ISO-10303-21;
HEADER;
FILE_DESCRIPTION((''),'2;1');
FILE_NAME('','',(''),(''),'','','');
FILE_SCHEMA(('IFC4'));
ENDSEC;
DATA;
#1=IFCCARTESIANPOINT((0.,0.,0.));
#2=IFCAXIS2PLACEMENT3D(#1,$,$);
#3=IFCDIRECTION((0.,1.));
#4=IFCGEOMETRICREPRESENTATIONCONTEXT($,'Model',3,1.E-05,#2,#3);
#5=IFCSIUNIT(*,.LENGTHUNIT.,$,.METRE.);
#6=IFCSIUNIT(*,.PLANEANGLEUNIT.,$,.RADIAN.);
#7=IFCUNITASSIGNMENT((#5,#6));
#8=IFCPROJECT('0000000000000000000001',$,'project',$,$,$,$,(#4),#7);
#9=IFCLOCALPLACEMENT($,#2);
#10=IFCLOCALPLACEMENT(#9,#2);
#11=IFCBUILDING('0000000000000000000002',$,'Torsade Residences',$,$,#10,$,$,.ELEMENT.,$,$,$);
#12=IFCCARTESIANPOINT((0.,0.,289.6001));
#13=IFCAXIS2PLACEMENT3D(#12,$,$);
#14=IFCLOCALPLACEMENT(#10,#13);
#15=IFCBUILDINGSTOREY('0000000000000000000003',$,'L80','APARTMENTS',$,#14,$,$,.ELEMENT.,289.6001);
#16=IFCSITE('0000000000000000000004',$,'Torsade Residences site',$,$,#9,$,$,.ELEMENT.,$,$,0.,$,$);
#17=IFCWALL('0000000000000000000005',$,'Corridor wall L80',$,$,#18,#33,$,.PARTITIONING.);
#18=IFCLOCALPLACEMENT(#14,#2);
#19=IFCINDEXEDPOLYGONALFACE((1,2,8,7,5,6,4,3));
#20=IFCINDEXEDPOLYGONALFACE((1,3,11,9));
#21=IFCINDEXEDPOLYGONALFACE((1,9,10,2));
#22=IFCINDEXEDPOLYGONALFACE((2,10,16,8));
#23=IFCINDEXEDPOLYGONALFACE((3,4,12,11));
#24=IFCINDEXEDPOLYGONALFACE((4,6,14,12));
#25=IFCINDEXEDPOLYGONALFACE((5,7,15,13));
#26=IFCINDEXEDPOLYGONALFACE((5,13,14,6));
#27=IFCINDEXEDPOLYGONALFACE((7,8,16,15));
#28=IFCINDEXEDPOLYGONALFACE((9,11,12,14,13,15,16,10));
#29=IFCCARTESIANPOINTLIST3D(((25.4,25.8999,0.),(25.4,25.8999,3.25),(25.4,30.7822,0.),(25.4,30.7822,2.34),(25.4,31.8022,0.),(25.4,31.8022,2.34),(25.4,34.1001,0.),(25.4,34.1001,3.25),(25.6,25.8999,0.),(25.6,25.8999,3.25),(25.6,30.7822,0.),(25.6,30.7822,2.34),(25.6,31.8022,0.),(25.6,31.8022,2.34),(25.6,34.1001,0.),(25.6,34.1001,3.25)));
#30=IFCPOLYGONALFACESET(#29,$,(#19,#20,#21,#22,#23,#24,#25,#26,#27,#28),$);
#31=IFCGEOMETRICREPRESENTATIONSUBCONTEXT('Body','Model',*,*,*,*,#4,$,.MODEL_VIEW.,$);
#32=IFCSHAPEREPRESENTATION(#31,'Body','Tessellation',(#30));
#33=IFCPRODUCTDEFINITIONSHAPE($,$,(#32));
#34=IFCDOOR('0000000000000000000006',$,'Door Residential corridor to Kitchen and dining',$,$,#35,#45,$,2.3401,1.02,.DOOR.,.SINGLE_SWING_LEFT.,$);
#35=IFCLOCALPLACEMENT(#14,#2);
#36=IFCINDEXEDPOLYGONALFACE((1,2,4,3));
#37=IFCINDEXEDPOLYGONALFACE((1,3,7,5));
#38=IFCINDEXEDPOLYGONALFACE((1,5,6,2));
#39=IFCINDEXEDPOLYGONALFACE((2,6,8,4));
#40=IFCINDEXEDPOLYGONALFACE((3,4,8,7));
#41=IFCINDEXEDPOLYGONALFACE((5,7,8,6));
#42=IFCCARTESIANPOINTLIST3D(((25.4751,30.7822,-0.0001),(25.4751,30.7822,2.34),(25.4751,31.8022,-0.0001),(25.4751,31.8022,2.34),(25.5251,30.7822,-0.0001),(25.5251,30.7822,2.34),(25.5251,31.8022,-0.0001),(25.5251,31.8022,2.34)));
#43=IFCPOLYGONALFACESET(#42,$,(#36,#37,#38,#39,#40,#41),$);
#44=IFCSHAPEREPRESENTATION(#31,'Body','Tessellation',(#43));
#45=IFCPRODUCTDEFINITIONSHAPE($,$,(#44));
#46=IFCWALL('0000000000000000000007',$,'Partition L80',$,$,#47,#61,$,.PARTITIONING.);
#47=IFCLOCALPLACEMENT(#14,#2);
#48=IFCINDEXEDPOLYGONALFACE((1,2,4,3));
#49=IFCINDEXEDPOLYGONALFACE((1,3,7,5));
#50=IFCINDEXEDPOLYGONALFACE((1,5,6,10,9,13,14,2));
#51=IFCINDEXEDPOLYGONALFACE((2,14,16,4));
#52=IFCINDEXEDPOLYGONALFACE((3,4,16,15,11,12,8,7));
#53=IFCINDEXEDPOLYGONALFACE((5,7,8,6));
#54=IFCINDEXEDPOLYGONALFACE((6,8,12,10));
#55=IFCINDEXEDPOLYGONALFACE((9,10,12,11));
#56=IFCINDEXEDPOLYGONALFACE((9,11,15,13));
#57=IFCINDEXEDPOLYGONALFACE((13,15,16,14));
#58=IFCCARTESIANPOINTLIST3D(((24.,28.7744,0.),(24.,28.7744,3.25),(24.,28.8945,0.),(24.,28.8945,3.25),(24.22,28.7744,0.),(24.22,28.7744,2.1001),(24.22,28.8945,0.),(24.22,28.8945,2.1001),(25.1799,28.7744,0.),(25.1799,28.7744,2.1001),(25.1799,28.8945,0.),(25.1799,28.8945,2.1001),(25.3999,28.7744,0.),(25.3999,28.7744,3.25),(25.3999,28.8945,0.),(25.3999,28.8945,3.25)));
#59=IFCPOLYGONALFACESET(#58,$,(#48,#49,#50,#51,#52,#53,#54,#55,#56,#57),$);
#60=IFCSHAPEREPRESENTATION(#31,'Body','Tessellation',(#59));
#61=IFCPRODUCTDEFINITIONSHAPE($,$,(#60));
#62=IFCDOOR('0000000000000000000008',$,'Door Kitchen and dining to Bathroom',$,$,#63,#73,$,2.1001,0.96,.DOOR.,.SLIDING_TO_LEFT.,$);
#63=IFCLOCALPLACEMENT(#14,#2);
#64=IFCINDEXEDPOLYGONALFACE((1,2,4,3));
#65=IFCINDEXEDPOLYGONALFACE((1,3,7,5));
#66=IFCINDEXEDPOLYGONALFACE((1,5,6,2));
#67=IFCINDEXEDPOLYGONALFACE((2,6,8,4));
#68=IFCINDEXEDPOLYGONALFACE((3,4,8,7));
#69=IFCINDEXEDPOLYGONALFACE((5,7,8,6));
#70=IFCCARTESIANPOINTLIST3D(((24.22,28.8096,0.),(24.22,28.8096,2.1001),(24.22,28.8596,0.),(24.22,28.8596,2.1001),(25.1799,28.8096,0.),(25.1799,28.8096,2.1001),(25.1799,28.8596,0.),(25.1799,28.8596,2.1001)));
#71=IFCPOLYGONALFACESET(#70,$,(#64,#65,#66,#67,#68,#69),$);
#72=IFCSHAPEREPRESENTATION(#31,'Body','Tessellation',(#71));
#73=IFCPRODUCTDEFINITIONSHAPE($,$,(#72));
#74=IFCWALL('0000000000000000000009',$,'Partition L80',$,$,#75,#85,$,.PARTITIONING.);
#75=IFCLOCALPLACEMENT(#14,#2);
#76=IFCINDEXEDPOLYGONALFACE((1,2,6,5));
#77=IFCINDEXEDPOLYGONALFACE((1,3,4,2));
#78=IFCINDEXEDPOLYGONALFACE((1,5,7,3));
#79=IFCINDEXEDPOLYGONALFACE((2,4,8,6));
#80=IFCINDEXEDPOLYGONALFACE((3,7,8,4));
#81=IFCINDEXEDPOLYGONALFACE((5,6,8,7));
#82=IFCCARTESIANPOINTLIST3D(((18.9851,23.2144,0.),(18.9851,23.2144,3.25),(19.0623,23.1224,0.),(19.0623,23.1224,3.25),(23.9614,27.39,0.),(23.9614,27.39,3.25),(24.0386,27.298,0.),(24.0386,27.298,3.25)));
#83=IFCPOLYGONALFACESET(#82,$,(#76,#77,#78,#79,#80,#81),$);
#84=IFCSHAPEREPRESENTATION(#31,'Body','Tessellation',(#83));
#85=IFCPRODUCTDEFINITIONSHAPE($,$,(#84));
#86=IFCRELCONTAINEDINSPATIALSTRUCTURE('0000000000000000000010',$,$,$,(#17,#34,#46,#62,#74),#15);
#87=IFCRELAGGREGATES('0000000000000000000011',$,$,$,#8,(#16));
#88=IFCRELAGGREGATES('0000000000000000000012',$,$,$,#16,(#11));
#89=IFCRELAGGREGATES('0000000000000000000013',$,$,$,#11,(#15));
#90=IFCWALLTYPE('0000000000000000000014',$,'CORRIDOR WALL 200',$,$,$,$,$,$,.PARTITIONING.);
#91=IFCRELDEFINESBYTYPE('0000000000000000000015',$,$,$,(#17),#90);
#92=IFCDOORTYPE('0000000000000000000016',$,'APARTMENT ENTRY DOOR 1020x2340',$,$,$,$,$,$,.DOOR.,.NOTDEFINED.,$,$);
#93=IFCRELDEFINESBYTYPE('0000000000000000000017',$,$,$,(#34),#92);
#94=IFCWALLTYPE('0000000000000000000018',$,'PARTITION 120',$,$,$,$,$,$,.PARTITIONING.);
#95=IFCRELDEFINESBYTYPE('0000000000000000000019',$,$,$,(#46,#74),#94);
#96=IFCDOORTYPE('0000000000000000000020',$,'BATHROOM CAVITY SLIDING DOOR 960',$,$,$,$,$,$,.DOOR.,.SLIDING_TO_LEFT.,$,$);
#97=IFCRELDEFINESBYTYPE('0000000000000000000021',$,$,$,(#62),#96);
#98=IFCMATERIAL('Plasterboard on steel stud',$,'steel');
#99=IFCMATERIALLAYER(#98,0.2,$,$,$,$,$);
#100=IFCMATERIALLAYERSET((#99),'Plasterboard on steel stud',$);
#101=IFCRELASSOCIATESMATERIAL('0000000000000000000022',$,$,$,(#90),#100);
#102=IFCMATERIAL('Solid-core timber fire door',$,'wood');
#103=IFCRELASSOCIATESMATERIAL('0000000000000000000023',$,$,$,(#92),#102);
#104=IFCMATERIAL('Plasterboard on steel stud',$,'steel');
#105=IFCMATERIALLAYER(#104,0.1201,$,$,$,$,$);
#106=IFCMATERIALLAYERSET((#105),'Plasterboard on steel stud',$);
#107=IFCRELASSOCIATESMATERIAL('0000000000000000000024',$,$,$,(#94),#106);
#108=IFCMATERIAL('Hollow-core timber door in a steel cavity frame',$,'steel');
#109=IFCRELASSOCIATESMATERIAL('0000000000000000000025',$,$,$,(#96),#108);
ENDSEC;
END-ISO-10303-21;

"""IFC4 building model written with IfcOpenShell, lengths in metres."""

from ifc_helpers import new_model, si_unit, direction, frame, frame_2d, origin, place, context, subcontext, project, spatial, rectangle, extrude, material, layer, layer_set, type_object, element, fill, save


model = new_model("IFC4")

# Units and contexts
model_context = context("Model", 3, precision=1e-05, world=origin(), true_north=direction((0.0, 1.0)))
body_context = subcontext(model_context, "Body", "Model", "MODEL_VIEW")
ifc_project = project(units=[si_unit("LENGTHUNIT", "METRE"), si_unit("PLANEANGLEUNIT", "RADIAN")], contexts=[model_context])

# Site, building, storey
site_placement = place(None, origin())
site = spatial("IfcSite", under=ifc_project, at=site_placement, Name="Torsade Residences site", CompositionType="ELEMENT", RefElevation=0.0)
building_placement = place(site_placement, origin())
building = spatial("IfcBuilding", under=site, at=building_placement, Name="Torsade Residences", CompositionType="ELEMENT")
storey_placement = place(building_placement, frame((0.0, 0.0, 289.6001)))
storey = spatial("IfcBuildingStorey", under=building, at=storey_placement, Name="L80", Description="APARTMENTS", CompositionType="ELEMENT", Elevation=289.6001)

# Walls, openings, doors
ifc_material_1 = material(Name="Plasterboard on steel stud", Category="steel")
ifc_layer_1 = layer(ifc_material_1, 0.2)
ifc_layer_set_1 = layer_set([ifc_layer_1], Name="Plasterboard on steel stud")
wall_type_1 = type_object("IfcWallType", Name="CORRIDOR WALL 200", PredefinedType="PARTITIONING", material=ifc_layer_set_1)
wall_1_placement = place(storey_placement, frame((25.5, 25.8999, 0.0), z_axis=(0.0, 0.0, 1.0), x_axis=(0.0, 1.0, 0.0)))
wall_1 = element("IfcWall", 1, at=wall_1_placement, inside=storey, type_object=wall_type_1, Name="Corridor wall L80", PredefinedType="PARTITIONING", context=body_context, shape_type="SweptSolid", body=[
    extrude(rectangle(XDim=8.2002, YDim=0.2, at=frame_2d((4.1001, 0.0))), origin(), (0.0, 0.0, 1.0), 3.25),
])
opening_1_placement = place(wall_1_placement, frame((4.8823, 0.0, 0.0)))
opening_1 = element("IfcOpeningElement", 2, at=opening_1_placement, cuts=wall_1, PredefinedType="OPENING", context=body_context, shape_type="SweptSolid", body=[
    extrude(rectangle(XDim=1.02, YDim=2.3401, at=frame_2d((0.51, 1.1699))), frame((0.0, 0.1099, 0.0), z_axis=(0.0, -1.0, 0.0), x_axis=(1.0, 0.0, 0.0)), (0.0, 0.0, 1.0), 0.22),
])
ifc_material_2 = material(Name="Solid-core timber fire door", Category="wood")
door_type_1 = type_object("IfcDoorType", Name="APARTMENT ENTRY DOOR 1020x2340", OperationType="NOTDEFINED", PredefinedType="DOOR", material=ifc_material_2)
door_1_placement = place(opening_1_placement, origin())
door_1 = element("IfcDoor", 3, at=door_1_placement, inside=storey, type_object=door_type_1, Name="Door Residential corridor to Kitchen and dining", OperationType="SINGLE_SWING_LEFT", OverallHeight=2.3401, OverallWidth=1.02, PredefinedType="DOOR", context=body_context, shape_type="SweptSolid", body=[
    extrude(rectangle(XDim=1.02, YDim=2.3401, at=frame_2d((0.51, 1.1699))), frame((0.0, 0.0249, 0.0), z_axis=(0.0, -1.0, 0.0), x_axis=(1.0, 0.0, 0.0)), (0.0, 0.0, 1.0), 0.05),
])
fill(opening_1, door_1)
ifc_material_3 = material(Name="Plasterboard on steel stud", Category="steel")
ifc_layer_2 = layer(ifc_material_3, 0.1201)
ifc_layer_set_2 = layer_set([ifc_layer_2], Name="Plasterboard on steel stud")
wall_type_2 = type_object("IfcWallType", Name="PARTITION 120", PredefinedType="PARTITIONING", material=ifc_layer_set_2)
wall_2_placement = place(storey_placement, frame((25.3999, 28.8345, 0.0), z_axis=(0.0, 0.0, 1.0), x_axis=(-1.0, 0.0, 0.0)))
wall_2 = element("IfcWall", 4, at=wall_2_placement, inside=storey, type_object=wall_type_2, Name="Partition L80", PredefinedType="PARTITIONING", context=body_context, shape_type="SweptSolid", body=[
    extrude(rectangle(XDim=1.3999, YDim=0.1201, at=frame_2d((0.7, 0.0))), origin(), (0.0, 0.0, 1.0), 3.25),
])
opening_2_placement = place(wall_2_placement, frame((0.22, 0.0, 0.0)))
opening_2 = element("IfcOpeningElement", 5, at=opening_2_placement, cuts=wall_2, PredefinedType="OPENING", context=body_context, shape_type="SweptSolid", body=[
    extrude(rectangle(XDim=0.96, YDim=2.1001, at=frame_2d((0.48, 1.05))), frame((0.0, 0.0701, 0.0), z_axis=(0.0, -1.0, 0.0), x_axis=(1.0, 0.0, 0.0)), (0.0, 0.0, 1.0), 0.1401),
])
ifc_material_4 = material(Name="Hollow-core timber door in a steel cavity frame", Category="steel")
door_type_2 = type_object("IfcDoorType", Name="BATHROOM CAVITY SLIDING DOOR 960", OperationType="SLIDING_TO_LEFT", PredefinedType="DOOR", material=ifc_material_4)
door_2_placement = place(opening_2_placement, origin())
door_2 = element("IfcDoor", 6, at=door_2_placement, inside=storey, type_object=door_type_2, Name="Door Kitchen and dining to Bathroom", OperationType="SLIDING_TO_LEFT", OverallHeight=2.1001, OverallWidth=0.96, PredefinedType="DOOR", context=body_context, shape_type="SweptSolid", body=[
    extrude(rectangle(XDim=0.96, YDim=2.1001, at=frame_2d((0.48, 1.05))), frame((0.0, 0.0249, 0.0), z_axis=(0.0, -1.0, 0.0), x_axis=(1.0, 0.0, 0.0)), (0.0, 0.0, 1.0), 0.05),
])
fill(opening_2, door_2)

# Wall
wall_3_placement = place(storey_placement, frame((24.0, 27.344, 0.0), z_axis=(0.0, 0.0, 1.0), x_axis=(-0.766051, -0.642779, 0.0)))
element("IfcWall", 7, at=wall_3_placement, inside=storey, type_object=wall_type_2, Name="Partition L80", PredefinedType="PARTITIONING", context=body_context, shape_type="SweptSolid", body=[
    extrude(rectangle(XDim=6.4961, YDim=0.1201, at=frame_2d((3.248, 0.0))), origin(), (0.0, 0.0, 1.0), 3.25),
])

save(model, "model.ifc")
